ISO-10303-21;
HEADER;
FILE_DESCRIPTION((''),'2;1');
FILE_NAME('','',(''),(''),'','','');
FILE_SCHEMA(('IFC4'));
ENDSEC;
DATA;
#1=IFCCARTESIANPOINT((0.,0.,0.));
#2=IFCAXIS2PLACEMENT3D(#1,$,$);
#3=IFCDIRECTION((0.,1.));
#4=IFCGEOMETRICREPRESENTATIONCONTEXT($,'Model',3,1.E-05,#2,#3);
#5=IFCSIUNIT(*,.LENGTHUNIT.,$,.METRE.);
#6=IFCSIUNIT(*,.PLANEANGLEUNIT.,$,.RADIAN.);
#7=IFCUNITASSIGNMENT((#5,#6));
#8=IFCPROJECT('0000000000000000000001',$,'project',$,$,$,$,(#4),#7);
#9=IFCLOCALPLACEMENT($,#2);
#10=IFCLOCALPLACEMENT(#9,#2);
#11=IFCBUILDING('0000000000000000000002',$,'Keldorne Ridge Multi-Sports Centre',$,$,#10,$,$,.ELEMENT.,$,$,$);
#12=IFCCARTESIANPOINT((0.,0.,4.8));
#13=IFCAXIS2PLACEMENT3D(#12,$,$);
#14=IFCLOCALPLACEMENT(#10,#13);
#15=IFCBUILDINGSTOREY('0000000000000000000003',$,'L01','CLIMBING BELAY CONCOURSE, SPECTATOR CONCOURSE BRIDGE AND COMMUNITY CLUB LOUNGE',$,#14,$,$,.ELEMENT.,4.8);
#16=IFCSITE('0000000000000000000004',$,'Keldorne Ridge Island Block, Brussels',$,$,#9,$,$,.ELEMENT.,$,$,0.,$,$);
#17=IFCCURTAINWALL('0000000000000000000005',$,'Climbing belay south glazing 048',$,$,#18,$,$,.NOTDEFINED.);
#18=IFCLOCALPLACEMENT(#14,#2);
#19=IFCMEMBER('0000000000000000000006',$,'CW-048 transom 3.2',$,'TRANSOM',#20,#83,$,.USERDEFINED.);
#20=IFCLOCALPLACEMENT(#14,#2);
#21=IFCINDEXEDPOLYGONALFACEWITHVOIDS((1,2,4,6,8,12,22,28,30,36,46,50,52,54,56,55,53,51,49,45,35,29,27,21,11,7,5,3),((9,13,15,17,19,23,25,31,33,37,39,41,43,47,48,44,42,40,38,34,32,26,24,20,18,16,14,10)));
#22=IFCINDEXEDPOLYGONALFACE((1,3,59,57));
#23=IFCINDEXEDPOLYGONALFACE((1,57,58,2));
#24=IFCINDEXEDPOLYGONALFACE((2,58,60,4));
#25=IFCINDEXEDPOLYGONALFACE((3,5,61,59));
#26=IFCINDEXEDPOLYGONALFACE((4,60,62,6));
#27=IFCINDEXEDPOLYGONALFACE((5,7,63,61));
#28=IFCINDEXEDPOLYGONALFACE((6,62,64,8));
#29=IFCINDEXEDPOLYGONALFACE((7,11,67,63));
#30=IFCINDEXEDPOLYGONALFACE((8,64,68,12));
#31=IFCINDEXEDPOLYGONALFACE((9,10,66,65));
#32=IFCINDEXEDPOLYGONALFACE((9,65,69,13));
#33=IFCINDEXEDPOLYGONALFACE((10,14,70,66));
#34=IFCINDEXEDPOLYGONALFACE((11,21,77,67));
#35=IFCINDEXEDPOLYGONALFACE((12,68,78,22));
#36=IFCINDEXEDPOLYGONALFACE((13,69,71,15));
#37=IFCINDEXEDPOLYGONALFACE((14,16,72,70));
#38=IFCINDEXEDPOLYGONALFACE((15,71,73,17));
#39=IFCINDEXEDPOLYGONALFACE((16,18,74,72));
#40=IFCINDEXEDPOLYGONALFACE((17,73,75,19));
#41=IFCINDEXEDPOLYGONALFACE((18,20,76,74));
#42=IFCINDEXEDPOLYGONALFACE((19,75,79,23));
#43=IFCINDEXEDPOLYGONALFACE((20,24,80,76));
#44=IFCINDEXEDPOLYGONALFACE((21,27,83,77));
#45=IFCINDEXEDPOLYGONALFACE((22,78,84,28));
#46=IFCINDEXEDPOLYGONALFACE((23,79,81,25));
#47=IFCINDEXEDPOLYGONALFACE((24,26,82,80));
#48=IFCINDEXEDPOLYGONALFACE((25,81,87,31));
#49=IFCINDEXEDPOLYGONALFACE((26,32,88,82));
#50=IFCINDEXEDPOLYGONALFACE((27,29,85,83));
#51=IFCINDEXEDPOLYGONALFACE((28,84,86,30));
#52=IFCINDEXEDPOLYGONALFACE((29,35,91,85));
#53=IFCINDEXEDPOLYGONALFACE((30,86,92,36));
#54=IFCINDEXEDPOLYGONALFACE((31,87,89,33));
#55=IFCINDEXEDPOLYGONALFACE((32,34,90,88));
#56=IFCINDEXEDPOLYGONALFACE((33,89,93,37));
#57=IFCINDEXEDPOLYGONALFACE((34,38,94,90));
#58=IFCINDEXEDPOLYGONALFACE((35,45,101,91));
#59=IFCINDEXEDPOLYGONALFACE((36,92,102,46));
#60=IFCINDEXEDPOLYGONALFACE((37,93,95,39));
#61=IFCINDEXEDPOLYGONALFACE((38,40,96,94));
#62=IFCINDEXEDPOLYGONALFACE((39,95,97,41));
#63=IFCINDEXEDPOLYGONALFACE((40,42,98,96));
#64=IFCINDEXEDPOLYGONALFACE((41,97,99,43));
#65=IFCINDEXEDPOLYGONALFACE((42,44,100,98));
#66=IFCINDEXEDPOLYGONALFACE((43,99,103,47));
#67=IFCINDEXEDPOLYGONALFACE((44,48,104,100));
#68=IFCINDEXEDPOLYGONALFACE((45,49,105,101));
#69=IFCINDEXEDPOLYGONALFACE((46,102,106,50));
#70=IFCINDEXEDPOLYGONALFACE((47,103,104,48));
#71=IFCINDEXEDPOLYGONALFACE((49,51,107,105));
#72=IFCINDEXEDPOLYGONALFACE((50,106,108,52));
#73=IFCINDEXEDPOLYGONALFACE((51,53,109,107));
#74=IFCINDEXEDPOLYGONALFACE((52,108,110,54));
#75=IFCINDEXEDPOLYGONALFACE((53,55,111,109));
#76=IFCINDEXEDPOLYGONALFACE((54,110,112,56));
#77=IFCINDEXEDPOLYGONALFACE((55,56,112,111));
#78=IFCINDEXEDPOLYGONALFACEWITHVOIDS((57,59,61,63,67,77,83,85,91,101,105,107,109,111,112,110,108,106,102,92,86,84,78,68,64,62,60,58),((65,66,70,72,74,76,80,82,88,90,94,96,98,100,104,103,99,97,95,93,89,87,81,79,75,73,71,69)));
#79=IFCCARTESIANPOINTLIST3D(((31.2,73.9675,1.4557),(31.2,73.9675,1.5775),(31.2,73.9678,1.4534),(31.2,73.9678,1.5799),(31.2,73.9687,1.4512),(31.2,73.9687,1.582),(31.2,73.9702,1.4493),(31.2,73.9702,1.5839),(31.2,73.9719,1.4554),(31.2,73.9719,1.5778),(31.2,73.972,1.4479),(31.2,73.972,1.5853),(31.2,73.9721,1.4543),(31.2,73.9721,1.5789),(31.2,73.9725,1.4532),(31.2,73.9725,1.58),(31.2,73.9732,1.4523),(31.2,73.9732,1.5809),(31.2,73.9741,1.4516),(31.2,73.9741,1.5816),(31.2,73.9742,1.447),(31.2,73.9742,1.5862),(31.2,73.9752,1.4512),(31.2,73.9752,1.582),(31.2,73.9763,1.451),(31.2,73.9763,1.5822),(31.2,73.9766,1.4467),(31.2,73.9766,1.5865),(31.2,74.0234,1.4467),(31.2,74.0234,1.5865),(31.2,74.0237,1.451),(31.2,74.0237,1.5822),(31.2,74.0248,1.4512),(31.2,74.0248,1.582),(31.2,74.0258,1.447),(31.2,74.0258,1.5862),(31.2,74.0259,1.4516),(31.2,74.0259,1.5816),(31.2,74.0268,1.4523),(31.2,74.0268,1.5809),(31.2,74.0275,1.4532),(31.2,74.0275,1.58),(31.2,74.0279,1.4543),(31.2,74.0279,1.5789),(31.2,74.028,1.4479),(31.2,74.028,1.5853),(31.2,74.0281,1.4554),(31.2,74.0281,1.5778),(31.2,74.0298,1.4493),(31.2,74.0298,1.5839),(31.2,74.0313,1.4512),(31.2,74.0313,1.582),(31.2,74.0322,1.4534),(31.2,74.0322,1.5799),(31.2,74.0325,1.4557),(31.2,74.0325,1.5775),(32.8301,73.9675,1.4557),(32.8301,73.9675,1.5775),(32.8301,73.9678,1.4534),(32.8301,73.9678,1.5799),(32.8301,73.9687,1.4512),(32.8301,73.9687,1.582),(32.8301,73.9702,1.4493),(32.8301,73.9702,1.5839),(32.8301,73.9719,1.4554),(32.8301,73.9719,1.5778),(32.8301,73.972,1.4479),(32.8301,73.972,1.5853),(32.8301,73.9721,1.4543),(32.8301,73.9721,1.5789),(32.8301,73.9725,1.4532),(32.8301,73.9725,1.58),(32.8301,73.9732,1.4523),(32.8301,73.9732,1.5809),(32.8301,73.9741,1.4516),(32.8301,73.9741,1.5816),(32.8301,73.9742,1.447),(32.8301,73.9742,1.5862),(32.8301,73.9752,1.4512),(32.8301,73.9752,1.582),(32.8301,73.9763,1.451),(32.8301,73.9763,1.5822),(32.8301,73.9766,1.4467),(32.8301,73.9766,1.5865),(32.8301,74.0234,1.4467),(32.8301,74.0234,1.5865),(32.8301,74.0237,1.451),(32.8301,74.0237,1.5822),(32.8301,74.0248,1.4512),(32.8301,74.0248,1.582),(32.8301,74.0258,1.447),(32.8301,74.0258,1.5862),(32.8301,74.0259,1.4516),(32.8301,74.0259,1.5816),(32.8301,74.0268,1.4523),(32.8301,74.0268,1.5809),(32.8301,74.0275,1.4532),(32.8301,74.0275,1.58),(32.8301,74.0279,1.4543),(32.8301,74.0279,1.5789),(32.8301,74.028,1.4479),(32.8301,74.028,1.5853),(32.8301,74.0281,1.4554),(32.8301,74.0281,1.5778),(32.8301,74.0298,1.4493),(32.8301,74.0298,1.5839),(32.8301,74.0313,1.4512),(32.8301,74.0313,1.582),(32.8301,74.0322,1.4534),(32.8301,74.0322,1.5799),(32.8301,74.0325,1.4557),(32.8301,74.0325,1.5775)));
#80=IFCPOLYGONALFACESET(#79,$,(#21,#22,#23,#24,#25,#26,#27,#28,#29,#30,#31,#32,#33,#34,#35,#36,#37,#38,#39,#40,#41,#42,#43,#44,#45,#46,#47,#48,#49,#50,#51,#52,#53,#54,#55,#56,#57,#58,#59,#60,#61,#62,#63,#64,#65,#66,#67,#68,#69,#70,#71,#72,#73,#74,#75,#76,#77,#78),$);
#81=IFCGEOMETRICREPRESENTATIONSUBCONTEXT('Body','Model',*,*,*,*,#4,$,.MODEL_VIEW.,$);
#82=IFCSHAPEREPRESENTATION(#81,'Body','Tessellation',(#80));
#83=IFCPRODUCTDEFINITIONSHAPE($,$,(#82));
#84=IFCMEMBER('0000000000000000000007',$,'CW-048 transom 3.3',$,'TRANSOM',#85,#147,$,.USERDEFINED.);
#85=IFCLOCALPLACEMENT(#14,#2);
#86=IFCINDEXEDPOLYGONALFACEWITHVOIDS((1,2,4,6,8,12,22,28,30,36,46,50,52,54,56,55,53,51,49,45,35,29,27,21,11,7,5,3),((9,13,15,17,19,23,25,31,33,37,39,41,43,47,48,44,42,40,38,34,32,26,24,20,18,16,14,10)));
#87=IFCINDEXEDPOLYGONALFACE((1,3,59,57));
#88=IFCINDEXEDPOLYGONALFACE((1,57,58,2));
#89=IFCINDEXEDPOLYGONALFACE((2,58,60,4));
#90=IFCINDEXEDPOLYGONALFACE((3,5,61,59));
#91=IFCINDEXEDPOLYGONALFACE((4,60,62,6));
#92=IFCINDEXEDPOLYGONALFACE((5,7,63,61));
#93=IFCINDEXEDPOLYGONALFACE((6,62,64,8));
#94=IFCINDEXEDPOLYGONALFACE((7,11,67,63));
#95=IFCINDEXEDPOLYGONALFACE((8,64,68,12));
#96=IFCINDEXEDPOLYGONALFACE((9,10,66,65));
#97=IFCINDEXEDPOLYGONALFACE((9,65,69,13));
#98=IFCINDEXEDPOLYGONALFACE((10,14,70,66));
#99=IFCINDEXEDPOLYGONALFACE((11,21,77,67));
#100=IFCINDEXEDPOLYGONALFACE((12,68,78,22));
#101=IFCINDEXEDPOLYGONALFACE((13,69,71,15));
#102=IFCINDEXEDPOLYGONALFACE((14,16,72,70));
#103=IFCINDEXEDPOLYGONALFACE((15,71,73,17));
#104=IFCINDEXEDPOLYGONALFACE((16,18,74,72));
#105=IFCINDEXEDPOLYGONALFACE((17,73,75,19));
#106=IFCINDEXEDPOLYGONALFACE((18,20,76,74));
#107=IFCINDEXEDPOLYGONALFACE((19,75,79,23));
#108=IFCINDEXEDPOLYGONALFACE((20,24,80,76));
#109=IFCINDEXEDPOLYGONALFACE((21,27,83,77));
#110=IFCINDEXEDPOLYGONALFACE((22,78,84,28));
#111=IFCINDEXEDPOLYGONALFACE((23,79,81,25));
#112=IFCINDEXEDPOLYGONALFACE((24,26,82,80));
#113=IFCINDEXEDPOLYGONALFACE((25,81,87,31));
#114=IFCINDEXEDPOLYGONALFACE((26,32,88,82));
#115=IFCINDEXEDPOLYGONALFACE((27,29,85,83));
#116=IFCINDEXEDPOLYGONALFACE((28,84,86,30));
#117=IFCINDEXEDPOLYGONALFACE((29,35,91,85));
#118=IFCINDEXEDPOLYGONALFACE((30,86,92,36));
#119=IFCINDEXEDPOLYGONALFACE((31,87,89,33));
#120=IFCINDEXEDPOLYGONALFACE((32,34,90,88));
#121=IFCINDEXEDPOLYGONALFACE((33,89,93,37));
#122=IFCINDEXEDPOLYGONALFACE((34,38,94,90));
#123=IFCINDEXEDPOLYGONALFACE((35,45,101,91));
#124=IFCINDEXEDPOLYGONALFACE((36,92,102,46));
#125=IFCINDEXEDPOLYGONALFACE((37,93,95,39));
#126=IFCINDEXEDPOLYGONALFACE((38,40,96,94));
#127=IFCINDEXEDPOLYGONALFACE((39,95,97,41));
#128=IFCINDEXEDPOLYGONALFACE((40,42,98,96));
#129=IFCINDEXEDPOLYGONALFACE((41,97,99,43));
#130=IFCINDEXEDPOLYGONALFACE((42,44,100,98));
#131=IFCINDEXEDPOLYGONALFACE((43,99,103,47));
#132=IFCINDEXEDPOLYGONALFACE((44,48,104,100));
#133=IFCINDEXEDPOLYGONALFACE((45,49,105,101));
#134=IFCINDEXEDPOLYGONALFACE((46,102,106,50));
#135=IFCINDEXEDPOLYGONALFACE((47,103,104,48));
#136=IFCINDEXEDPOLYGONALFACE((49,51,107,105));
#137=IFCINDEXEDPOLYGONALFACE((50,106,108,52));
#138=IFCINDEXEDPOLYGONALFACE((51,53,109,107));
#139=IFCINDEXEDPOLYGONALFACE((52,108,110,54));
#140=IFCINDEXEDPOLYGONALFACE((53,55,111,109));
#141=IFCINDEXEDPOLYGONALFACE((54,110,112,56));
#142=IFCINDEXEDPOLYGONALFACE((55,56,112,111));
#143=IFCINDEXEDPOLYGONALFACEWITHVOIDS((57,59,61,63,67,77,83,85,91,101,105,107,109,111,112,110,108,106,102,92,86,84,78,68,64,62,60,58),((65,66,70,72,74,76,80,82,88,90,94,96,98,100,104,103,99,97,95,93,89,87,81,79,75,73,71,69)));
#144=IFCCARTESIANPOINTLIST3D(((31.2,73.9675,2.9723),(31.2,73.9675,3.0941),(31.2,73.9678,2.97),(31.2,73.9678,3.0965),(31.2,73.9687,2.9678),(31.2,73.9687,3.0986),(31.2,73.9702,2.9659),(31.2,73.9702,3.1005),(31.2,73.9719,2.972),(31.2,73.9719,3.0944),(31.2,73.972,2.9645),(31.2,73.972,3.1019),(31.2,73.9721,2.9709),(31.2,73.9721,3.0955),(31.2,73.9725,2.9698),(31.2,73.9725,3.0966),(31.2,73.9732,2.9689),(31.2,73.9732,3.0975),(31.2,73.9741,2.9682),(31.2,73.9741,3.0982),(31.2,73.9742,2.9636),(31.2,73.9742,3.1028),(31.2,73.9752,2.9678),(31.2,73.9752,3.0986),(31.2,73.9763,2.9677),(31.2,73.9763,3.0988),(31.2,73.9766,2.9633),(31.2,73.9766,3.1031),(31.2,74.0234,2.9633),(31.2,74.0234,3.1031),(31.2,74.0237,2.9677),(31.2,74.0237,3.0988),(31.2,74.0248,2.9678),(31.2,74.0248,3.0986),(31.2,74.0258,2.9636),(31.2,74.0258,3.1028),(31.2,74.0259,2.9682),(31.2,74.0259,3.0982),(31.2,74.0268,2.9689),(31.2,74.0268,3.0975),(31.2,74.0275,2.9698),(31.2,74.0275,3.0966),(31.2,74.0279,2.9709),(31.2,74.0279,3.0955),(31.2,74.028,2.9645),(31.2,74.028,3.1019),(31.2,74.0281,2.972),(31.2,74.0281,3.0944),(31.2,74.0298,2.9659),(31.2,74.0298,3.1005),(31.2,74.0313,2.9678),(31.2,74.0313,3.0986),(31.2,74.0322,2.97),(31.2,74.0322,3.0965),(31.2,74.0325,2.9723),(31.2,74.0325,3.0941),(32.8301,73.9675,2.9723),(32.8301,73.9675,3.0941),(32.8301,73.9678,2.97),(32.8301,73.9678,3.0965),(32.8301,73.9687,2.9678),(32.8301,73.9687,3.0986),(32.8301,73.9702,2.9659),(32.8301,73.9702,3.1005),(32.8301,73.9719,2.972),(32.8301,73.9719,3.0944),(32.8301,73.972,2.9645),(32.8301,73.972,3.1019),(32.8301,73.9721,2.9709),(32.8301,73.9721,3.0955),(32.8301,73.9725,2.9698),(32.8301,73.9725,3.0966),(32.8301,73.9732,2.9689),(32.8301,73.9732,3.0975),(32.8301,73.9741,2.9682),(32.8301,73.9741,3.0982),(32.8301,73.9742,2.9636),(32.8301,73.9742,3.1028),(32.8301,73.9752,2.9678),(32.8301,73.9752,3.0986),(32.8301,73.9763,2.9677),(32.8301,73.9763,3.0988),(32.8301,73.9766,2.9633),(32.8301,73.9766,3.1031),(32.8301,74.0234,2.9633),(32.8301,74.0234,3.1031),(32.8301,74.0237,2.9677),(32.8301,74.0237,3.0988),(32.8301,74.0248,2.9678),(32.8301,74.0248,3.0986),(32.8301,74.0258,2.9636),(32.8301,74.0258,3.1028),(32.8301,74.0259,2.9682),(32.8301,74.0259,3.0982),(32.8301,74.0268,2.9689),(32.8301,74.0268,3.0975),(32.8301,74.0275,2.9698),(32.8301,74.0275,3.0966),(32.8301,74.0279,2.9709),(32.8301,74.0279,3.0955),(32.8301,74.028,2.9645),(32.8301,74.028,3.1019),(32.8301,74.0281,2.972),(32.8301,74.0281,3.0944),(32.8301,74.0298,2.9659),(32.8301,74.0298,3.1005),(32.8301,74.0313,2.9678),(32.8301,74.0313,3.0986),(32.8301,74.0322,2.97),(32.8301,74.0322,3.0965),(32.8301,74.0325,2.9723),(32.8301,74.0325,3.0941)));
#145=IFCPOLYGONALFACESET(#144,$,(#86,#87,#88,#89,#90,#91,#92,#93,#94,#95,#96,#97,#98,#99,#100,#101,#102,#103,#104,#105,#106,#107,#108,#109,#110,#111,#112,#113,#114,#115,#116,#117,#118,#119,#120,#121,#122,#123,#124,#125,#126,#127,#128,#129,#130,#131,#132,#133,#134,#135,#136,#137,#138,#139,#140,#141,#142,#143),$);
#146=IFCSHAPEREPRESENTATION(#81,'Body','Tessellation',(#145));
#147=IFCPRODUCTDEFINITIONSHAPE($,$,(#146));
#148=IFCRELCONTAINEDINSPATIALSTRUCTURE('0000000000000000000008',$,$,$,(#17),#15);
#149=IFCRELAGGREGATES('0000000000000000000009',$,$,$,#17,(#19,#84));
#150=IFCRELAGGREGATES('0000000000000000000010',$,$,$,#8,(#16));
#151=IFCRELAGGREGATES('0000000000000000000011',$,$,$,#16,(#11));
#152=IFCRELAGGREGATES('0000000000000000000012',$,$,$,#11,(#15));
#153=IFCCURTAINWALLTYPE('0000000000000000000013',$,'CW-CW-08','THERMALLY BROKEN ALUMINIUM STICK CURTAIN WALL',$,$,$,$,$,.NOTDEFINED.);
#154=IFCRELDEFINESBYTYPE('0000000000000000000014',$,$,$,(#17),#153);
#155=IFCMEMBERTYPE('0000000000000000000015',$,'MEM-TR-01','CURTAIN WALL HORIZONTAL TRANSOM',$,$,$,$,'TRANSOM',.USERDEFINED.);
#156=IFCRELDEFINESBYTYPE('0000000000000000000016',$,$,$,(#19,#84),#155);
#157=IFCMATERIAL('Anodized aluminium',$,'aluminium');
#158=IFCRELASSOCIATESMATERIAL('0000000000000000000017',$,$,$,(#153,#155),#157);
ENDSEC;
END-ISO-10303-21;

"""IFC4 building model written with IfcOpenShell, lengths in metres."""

from ifc_helpers import new_model, si_unit, direction, frame, origin, origin_2d, place, context, subcontext, project, spatial, hollow_rectangle, extrude, material, material_profile, profile_set, type_object, element, aggregate, save


model = new_model("IFC4")

# Units and contexts
model_context = context("Model", 3, precision=1e-05, world=origin(), true_north=direction((0.0, 1.0)))
body_context = subcontext(model_context, "Body", "Model", "MODEL_VIEW")
ifc_project = project(units=[si_unit("LENGTHUNIT", "METRE"), si_unit("PLANEANGLEUNIT", "RADIAN")], contexts=[model_context])

# Site, building, storey
site_placement = place(None, origin())
site = spatial("IfcSite", under=ifc_project, at=site_placement, Name="Keldorne Ridge Island Block, Brussels", CompositionType="ELEMENT", RefElevation=0.0)
building_placement = place(site_placement, origin())
building = spatial("IfcBuilding", under=site, at=building_placement, Name="Keldorne Ridge Multi-Sports Centre", CompositionType="ELEMENT")
storey_placement = place(building_placement, frame((0.0, 0.0, 4.8)))
storey = spatial("IfcBuildingStorey", under=building, at=storey_placement, Name="L01", Description="CLIMBING BELAY CONCOURSE, SPECTATOR CONCOURSE BRIDGE AND COMMUNITY CLUB LOUNGE", CompositionType="ELEMENT", Elevation=4.8)

# Curtain wall
ifc_material_1 = material(Name="Anodized aluminium", Category="aluminium")
curtain_wall_type_1 = type_object("IfcCurtainWallType", Name="CW-CW-08", Description="THERMALLY BROKEN ALUMINIUM STICK CURTAIN WALL", PredefinedType="NOTDEFINED", material=ifc_material_1)
curtain_wall_1_placement = place(storey_placement, origin())
curtain_wall_1 = element("IfcCurtainWall", 1, at=curtain_wall_1_placement, inside=storey, type_object=curtain_wall_type_1, Name="Climbing belay south glazing 048", PredefinedType="NOTDEFINED")

# Members
ifc_material_profile_1 = material_profile(ifc_material_1, hollow_rectangle(XDim=0.0649, YDim=0.1399, WallThickness=0.0044, InnerFilletRadius=0.0044, OuterFilletRadius=0.009, at=origin_2d()), Name="ALU TRANSOM 140x65x4.5")
ifc_profile_set_1 = profile_set([ifc_material_profile_1], Name="Anodized aluminium")
member_type_1 = type_object("IfcMemberType", Name="MEM-TR-01", Description="CURTAIN WALL HORIZONTAL TRANSOM", ElementType="TRANSOM", PredefinedType="USERDEFINED", material=ifc_profile_set_1)
member_1_placement = place(storey_placement, frame((31.2, 74.0, 1.5166), z_axis=(1.0, 0.0, 0.0), x_axis=(0.0, 1.0, 0.0)))
member_1 = element("IfcMember", 2, at=member_1_placement, type_object=member_type_1, Name="CW-048 transom 3.2", ObjectType="TRANSOM", PredefinedType="USERDEFINED", context=body_context, shape_type="SweptSolid", body=[
    extrude(hollow_rectangle(XDim=0.0649, YDim=0.1399, WallThickness=0.0044, InnerFilletRadius=0.0044, OuterFilletRadius=0.009, at=origin_2d()), origin(), (0.0, 0.0, 1.0), 1.6301),
])
member_2_placement = place(storey_placement, frame((31.2, 74.0, 3.0332), z_axis=(1.0, 0.0, 0.0), x_axis=(0.0, 1.0, 0.0)))
member_2 = element("IfcMember", 3, at=member_2_placement, type_object=member_type_1, Name="CW-048 transom 3.3", ObjectType="TRANSOM", PredefinedType="USERDEFINED", context=body_context, shape_type="SweptSolid", body=[
    extrude(hollow_rectangle(XDim=0.0649, YDim=0.1399, WallThickness=0.0044, InnerFilletRadius=0.0044, OuterFilletRadius=0.009, at=origin_2d()), origin(), (0.0, 0.0, 1.0), 1.6301),
])

aggregate(curtain_wall_1, [member_1, member_2])

save(model, "model.ifc")
